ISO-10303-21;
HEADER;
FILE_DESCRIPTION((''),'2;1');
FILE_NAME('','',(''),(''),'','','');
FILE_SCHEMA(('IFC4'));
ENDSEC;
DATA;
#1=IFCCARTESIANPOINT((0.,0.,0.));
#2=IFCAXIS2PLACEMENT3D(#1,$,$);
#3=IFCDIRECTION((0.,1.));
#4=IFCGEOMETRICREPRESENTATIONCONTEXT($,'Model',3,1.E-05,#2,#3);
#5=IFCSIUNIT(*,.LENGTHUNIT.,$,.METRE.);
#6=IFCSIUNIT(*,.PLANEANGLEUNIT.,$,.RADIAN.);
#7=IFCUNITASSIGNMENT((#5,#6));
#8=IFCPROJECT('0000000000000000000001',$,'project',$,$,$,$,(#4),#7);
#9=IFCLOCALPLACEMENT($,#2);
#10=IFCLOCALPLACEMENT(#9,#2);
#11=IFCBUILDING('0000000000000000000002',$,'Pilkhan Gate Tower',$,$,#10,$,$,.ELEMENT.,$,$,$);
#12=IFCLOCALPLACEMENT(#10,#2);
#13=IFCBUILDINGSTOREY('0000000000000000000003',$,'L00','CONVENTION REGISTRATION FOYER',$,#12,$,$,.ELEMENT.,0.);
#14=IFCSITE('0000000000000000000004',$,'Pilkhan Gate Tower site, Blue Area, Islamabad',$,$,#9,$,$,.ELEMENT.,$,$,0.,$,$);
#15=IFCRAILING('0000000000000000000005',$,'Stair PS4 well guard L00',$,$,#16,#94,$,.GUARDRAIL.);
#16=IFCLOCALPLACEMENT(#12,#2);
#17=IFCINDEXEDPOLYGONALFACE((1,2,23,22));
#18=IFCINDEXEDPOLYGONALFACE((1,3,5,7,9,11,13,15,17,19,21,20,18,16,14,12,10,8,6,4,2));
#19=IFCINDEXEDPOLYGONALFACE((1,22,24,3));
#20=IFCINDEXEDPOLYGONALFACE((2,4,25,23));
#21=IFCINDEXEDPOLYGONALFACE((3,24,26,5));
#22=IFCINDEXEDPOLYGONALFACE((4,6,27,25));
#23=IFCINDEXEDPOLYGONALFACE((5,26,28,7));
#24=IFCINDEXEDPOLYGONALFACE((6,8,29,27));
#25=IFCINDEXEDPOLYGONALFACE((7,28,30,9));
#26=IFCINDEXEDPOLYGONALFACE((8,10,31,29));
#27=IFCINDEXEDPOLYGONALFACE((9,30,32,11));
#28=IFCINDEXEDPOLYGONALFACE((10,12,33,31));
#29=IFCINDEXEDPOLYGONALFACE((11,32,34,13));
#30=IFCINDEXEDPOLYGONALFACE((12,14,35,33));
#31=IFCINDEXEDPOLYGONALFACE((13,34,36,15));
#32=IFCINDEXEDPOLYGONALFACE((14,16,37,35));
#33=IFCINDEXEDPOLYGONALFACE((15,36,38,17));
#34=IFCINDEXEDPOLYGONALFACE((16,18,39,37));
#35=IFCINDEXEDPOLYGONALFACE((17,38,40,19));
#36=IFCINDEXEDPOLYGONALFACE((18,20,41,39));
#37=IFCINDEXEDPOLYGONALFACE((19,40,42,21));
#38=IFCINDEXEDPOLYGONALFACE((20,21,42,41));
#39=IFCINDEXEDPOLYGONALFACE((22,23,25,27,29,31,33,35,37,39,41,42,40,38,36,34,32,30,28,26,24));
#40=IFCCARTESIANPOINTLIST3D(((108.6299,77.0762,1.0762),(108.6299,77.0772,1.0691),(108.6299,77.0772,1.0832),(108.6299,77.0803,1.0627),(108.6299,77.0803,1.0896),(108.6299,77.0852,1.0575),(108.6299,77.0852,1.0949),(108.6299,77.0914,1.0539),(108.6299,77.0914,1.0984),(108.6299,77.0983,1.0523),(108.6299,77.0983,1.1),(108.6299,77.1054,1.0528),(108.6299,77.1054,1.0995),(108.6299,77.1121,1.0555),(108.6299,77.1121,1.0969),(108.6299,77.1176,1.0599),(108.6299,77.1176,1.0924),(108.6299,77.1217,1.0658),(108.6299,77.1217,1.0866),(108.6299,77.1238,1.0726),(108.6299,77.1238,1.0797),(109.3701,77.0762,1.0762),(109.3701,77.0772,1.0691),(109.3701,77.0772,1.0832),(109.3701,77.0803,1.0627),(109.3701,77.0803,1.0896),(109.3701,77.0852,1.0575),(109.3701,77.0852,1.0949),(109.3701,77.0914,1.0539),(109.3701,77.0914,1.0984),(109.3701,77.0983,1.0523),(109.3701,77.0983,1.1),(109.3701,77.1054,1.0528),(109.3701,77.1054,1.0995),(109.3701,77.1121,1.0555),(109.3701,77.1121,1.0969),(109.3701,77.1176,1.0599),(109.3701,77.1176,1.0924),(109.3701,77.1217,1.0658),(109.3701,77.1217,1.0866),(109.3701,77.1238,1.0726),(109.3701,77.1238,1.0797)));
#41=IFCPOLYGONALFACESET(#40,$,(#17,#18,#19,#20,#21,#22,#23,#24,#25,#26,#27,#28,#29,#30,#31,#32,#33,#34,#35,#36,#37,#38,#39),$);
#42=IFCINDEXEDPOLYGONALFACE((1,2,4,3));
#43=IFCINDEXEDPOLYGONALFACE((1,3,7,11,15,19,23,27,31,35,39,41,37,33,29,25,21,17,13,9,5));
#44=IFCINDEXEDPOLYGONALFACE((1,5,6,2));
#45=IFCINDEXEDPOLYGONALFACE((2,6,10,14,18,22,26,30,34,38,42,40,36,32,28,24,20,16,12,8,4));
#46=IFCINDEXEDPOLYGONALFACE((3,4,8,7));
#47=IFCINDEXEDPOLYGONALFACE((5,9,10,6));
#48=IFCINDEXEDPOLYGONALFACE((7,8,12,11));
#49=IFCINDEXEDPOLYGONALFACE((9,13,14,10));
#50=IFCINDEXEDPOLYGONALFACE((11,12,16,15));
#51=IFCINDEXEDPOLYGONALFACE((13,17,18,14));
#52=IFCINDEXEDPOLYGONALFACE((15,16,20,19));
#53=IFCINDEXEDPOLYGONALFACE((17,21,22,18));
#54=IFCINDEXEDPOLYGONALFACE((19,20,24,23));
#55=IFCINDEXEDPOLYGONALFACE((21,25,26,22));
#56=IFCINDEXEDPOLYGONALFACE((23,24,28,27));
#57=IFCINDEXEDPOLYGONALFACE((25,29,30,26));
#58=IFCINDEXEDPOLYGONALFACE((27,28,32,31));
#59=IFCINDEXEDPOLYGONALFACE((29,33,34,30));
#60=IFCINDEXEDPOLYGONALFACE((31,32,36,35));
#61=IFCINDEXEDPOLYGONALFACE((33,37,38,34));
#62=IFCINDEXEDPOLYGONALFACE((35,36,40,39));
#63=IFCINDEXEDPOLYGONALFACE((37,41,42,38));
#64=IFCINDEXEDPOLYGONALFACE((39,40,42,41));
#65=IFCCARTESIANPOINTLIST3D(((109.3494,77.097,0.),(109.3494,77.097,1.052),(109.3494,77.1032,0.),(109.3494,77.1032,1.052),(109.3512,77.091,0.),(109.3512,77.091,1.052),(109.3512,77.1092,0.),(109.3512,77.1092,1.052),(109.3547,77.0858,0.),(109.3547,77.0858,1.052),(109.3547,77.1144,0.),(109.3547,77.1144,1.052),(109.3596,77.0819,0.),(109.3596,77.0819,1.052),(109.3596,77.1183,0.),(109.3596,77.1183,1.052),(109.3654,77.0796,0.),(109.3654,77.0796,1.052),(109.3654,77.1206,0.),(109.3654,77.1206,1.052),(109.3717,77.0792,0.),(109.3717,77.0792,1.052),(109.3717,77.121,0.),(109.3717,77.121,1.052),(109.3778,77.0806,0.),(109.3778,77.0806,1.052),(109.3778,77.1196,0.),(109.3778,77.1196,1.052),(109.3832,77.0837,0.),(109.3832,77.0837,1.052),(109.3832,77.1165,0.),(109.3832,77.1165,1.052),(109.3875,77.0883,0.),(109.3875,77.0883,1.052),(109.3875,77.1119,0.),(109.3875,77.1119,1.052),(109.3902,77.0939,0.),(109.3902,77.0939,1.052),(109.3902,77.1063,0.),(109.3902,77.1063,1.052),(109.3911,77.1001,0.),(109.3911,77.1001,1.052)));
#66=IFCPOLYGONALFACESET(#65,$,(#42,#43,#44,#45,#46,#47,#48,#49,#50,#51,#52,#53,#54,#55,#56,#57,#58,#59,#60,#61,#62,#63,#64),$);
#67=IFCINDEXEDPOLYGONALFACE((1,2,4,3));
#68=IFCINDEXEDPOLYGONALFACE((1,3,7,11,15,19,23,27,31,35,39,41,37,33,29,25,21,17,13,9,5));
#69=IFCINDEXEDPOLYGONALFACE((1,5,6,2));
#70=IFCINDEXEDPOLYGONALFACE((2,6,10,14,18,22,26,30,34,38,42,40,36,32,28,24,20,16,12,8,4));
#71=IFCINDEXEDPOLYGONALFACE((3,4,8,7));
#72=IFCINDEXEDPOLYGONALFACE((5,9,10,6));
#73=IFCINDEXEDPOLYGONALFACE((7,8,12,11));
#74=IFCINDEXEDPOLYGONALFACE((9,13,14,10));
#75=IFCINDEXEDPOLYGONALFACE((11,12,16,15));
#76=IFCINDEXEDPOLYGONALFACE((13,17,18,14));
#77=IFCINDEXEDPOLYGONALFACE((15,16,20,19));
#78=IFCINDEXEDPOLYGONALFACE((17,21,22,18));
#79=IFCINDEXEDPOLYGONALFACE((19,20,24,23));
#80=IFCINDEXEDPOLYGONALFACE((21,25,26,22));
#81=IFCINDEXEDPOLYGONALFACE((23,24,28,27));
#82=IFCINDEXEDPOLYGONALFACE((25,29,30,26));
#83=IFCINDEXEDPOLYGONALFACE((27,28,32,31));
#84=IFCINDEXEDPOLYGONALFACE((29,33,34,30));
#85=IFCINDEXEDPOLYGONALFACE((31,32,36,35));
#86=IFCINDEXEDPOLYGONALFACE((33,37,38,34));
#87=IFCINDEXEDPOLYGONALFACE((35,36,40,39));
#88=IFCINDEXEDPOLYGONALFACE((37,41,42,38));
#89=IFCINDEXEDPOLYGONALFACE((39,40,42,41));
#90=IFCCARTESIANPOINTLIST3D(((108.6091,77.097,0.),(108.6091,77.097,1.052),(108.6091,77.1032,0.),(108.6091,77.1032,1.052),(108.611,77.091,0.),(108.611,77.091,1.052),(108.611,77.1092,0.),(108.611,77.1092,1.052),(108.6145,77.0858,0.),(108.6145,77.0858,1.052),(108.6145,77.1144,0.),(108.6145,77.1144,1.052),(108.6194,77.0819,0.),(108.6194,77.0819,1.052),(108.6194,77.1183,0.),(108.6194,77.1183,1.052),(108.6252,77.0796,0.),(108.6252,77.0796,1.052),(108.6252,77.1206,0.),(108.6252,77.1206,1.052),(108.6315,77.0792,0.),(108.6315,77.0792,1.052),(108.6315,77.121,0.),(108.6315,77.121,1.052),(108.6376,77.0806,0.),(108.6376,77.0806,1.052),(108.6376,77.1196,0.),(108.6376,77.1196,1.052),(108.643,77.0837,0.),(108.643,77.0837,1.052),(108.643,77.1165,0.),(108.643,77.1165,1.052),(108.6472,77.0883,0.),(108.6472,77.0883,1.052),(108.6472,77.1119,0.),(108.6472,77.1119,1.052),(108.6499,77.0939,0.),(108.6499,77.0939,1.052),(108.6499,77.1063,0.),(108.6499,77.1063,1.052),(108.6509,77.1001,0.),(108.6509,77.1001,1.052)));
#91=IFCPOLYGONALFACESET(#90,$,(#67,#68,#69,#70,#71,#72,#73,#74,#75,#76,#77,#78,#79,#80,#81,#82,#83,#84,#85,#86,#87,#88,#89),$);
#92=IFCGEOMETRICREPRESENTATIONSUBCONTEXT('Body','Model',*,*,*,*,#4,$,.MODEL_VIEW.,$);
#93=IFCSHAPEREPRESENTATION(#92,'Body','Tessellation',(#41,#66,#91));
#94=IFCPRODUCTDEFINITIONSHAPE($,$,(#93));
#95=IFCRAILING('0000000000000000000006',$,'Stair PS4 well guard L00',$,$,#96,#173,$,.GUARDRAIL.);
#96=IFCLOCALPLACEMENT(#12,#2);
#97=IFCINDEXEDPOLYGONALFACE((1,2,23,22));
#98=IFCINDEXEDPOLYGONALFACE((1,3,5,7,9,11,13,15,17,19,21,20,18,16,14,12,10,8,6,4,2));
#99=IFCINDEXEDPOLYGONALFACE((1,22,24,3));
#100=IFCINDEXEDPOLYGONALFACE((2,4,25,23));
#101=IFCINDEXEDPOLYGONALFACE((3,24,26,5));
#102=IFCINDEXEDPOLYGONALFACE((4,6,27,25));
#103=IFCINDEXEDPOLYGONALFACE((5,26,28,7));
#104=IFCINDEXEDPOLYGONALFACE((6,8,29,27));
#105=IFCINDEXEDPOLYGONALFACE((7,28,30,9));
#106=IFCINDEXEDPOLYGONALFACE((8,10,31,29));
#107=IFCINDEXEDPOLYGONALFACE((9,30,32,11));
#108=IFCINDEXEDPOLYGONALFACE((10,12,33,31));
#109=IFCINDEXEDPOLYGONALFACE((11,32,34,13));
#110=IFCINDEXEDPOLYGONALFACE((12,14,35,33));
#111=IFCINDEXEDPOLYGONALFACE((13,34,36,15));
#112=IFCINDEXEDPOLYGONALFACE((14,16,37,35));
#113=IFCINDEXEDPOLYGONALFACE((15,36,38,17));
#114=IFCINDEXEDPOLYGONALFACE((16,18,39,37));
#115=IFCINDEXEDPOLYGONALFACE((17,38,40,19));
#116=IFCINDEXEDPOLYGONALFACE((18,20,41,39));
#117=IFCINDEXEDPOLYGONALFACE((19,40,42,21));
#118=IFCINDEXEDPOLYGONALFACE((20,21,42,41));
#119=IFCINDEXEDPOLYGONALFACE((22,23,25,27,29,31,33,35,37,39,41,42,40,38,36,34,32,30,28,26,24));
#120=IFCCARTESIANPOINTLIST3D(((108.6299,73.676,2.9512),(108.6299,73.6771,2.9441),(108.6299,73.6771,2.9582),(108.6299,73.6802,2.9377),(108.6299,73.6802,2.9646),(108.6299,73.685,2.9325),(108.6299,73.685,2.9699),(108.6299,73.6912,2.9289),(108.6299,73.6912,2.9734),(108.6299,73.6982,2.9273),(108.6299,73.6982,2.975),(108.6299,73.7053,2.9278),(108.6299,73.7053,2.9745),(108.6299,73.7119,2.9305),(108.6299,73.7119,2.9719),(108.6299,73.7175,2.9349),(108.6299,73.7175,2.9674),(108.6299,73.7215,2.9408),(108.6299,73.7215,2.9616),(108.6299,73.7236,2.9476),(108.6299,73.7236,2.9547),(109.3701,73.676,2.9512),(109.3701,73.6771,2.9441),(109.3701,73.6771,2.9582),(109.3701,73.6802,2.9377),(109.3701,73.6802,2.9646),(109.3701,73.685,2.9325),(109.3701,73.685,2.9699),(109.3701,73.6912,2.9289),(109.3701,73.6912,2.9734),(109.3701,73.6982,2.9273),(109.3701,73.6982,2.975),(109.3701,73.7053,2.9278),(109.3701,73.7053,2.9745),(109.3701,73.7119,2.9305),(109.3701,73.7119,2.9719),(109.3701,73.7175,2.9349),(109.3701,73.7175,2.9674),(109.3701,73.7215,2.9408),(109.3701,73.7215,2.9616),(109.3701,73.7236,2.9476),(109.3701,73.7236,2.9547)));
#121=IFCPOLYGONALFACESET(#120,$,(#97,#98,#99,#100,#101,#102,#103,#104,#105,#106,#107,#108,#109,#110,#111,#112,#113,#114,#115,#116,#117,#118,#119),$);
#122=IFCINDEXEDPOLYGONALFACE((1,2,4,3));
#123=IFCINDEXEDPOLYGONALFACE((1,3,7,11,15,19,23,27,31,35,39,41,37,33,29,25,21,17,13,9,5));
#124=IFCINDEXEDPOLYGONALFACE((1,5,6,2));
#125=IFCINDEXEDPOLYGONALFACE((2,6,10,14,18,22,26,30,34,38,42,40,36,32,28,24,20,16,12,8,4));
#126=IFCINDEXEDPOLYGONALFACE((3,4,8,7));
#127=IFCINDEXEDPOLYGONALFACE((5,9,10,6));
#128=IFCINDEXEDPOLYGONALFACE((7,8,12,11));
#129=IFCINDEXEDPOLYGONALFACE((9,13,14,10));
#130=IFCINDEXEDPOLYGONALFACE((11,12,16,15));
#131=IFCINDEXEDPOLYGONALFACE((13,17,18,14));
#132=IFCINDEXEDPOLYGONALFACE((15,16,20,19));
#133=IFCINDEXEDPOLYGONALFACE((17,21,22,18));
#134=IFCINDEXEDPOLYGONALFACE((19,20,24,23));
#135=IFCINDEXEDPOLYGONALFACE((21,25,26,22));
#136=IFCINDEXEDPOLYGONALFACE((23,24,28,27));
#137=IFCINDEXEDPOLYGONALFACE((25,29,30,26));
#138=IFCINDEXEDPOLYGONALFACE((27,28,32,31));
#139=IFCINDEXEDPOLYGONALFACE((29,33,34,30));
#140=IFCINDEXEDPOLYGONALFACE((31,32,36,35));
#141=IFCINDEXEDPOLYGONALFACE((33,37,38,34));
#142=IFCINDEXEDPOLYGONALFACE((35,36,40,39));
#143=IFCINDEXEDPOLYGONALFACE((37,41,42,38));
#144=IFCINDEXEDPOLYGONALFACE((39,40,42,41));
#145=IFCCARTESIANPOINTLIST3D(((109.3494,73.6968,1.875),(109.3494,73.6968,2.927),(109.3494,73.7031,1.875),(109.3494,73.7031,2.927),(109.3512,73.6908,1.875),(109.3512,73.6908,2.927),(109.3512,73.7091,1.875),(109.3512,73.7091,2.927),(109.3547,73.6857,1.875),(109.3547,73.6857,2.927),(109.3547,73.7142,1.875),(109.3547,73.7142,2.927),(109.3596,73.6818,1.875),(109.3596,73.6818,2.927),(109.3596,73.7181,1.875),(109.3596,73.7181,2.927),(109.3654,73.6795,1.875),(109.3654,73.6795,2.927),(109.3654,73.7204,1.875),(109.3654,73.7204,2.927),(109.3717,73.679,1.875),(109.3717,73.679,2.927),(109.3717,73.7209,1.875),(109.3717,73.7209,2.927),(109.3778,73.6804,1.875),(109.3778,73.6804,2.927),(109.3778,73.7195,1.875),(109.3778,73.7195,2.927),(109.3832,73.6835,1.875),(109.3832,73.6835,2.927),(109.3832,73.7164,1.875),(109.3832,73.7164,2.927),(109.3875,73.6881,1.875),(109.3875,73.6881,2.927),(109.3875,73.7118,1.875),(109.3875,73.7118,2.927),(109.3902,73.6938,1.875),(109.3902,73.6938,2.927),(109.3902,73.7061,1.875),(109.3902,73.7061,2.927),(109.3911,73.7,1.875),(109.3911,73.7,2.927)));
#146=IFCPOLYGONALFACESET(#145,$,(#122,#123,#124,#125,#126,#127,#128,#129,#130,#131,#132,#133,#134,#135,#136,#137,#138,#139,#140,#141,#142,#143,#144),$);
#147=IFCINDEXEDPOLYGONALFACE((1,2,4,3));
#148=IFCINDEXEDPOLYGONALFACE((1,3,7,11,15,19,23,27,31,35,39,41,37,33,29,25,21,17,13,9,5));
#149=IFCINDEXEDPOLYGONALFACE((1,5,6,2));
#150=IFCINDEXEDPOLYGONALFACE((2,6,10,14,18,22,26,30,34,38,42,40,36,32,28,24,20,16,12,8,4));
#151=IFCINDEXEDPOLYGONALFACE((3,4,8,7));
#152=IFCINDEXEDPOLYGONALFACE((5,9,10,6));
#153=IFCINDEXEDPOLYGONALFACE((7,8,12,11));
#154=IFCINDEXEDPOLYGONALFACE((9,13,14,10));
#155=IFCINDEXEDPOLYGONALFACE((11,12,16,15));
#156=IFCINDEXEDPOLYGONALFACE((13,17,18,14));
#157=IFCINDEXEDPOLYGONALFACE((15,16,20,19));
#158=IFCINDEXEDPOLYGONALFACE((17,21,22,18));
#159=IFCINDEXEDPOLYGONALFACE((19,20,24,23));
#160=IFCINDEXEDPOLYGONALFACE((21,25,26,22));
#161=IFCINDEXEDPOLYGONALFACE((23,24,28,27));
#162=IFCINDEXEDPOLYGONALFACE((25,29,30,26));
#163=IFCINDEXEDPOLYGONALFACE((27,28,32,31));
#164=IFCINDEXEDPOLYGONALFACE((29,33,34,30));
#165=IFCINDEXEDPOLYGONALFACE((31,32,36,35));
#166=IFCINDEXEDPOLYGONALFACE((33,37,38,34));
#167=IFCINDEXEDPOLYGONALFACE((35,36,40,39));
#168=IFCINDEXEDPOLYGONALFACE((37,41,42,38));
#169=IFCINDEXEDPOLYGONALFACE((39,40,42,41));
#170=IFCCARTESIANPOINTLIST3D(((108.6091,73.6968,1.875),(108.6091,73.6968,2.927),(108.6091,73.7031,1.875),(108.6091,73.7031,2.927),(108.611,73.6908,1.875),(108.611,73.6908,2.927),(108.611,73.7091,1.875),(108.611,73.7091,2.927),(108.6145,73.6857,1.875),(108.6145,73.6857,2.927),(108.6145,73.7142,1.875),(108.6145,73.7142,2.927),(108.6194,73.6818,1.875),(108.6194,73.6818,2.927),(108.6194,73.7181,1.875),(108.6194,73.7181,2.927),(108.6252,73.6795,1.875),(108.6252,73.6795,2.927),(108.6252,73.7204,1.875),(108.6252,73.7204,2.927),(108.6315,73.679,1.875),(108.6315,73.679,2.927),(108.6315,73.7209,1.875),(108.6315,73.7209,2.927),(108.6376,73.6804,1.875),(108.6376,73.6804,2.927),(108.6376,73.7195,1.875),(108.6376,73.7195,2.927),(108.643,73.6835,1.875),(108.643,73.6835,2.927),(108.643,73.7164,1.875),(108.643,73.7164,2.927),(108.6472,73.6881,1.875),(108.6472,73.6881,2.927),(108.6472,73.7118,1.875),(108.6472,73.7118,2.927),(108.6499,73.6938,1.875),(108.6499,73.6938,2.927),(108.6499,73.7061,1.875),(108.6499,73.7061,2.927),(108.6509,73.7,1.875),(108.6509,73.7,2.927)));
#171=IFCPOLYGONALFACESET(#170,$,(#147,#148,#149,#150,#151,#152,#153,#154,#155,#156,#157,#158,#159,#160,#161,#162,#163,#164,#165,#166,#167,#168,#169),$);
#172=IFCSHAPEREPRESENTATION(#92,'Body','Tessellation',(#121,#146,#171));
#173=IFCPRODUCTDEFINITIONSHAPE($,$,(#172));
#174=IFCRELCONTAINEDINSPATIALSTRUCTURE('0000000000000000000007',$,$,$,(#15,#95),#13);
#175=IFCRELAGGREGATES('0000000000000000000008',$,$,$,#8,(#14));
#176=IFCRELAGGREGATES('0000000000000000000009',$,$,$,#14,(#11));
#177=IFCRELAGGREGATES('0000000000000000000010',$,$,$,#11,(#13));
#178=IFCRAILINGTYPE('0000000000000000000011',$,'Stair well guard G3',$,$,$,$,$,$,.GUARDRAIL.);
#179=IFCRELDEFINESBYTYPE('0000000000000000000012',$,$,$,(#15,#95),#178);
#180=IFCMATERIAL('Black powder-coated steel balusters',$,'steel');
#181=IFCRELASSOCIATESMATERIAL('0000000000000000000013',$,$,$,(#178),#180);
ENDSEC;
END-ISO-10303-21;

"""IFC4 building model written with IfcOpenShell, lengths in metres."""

from ifc_helpers import new_model, si_unit, direction, frame, origin, origin_2d, place, context, subcontext, project, spatial, circle, extrude, material, type_object, element, save


model = new_model("IFC4")

# Units and contexts
model_context = context("Model", 3, precision=1e-05, world=origin(), true_north=direction((0.0, 1.0)))
body_context = subcontext(model_context, "Body", "Model", "MODEL_VIEW")
ifc_project = project(units=[si_unit("LENGTHUNIT", "METRE"), si_unit("PLANEANGLEUNIT", "RADIAN")], contexts=[model_context])

# Site, building, storey
site_placement = place(None, origin())
site = spatial("IfcSite", under=ifc_project, at=site_placement, Name="Pilkhan Gate Tower site, Blue Area, Islamabad", CompositionType="ELEMENT", RefElevation=0.0)
building_placement = place(site_placement, origin())
building = spatial("IfcBuilding", under=site, at=building_placement, Name="Pilkhan Gate Tower", CompositionType="ELEMENT")
storey_placement = place(building_placement, origin())
storey = spatial("IfcBuildingStorey", under=building, at=storey_placement, Name="L00", Description="CONVENTION REGISTRATION FOYER", CompositionType="ELEMENT", Elevation=0.0)

# Railings
ifc_material_1 = material(Name="Black powder-coated steel balusters", Category="steel")
railing_type_1 = type_object("IfcRailingType", Name="Stair well guard G3", PredefinedType="GUARDRAIL", material=ifc_material_1)
for number, where, name in (
    (1, (109.3701, 77.1001, 0.0), "Stair PS4 well guard L00"),
    (2, (109.3701, 73.7, 1.875), "Stair PS4 well guard L00"),
):
    element("IfcRailing", number, at=place(storey_placement, frame(where)), inside=storey, type_object=railing_type_1, Name=name, PredefinedType="GUARDRAIL", context=body_context, shape_type="SweptSolid", body=[
        extrude(circle(Radius=0.0239, at=origin_2d()), frame((0.0, 0.0, 1.0762), z_axis=(-1.0, 0.0, 0.0), x_axis=(0.0, -1.0, 0.0)), (0.0, 0.0, 1.0), 0.7402),
        extrude(circle(Radius=0.021, at=origin_2d()), origin(), (0.0, 0.0, 1.0), 1.052),
        extrude(circle(Radius=0.021, at=origin_2d()), frame((-0.7402, 0.0, 0.0)), (0.0, 0.0, 1.0), 1.052),
    ])

save(model, "model.ifc")
